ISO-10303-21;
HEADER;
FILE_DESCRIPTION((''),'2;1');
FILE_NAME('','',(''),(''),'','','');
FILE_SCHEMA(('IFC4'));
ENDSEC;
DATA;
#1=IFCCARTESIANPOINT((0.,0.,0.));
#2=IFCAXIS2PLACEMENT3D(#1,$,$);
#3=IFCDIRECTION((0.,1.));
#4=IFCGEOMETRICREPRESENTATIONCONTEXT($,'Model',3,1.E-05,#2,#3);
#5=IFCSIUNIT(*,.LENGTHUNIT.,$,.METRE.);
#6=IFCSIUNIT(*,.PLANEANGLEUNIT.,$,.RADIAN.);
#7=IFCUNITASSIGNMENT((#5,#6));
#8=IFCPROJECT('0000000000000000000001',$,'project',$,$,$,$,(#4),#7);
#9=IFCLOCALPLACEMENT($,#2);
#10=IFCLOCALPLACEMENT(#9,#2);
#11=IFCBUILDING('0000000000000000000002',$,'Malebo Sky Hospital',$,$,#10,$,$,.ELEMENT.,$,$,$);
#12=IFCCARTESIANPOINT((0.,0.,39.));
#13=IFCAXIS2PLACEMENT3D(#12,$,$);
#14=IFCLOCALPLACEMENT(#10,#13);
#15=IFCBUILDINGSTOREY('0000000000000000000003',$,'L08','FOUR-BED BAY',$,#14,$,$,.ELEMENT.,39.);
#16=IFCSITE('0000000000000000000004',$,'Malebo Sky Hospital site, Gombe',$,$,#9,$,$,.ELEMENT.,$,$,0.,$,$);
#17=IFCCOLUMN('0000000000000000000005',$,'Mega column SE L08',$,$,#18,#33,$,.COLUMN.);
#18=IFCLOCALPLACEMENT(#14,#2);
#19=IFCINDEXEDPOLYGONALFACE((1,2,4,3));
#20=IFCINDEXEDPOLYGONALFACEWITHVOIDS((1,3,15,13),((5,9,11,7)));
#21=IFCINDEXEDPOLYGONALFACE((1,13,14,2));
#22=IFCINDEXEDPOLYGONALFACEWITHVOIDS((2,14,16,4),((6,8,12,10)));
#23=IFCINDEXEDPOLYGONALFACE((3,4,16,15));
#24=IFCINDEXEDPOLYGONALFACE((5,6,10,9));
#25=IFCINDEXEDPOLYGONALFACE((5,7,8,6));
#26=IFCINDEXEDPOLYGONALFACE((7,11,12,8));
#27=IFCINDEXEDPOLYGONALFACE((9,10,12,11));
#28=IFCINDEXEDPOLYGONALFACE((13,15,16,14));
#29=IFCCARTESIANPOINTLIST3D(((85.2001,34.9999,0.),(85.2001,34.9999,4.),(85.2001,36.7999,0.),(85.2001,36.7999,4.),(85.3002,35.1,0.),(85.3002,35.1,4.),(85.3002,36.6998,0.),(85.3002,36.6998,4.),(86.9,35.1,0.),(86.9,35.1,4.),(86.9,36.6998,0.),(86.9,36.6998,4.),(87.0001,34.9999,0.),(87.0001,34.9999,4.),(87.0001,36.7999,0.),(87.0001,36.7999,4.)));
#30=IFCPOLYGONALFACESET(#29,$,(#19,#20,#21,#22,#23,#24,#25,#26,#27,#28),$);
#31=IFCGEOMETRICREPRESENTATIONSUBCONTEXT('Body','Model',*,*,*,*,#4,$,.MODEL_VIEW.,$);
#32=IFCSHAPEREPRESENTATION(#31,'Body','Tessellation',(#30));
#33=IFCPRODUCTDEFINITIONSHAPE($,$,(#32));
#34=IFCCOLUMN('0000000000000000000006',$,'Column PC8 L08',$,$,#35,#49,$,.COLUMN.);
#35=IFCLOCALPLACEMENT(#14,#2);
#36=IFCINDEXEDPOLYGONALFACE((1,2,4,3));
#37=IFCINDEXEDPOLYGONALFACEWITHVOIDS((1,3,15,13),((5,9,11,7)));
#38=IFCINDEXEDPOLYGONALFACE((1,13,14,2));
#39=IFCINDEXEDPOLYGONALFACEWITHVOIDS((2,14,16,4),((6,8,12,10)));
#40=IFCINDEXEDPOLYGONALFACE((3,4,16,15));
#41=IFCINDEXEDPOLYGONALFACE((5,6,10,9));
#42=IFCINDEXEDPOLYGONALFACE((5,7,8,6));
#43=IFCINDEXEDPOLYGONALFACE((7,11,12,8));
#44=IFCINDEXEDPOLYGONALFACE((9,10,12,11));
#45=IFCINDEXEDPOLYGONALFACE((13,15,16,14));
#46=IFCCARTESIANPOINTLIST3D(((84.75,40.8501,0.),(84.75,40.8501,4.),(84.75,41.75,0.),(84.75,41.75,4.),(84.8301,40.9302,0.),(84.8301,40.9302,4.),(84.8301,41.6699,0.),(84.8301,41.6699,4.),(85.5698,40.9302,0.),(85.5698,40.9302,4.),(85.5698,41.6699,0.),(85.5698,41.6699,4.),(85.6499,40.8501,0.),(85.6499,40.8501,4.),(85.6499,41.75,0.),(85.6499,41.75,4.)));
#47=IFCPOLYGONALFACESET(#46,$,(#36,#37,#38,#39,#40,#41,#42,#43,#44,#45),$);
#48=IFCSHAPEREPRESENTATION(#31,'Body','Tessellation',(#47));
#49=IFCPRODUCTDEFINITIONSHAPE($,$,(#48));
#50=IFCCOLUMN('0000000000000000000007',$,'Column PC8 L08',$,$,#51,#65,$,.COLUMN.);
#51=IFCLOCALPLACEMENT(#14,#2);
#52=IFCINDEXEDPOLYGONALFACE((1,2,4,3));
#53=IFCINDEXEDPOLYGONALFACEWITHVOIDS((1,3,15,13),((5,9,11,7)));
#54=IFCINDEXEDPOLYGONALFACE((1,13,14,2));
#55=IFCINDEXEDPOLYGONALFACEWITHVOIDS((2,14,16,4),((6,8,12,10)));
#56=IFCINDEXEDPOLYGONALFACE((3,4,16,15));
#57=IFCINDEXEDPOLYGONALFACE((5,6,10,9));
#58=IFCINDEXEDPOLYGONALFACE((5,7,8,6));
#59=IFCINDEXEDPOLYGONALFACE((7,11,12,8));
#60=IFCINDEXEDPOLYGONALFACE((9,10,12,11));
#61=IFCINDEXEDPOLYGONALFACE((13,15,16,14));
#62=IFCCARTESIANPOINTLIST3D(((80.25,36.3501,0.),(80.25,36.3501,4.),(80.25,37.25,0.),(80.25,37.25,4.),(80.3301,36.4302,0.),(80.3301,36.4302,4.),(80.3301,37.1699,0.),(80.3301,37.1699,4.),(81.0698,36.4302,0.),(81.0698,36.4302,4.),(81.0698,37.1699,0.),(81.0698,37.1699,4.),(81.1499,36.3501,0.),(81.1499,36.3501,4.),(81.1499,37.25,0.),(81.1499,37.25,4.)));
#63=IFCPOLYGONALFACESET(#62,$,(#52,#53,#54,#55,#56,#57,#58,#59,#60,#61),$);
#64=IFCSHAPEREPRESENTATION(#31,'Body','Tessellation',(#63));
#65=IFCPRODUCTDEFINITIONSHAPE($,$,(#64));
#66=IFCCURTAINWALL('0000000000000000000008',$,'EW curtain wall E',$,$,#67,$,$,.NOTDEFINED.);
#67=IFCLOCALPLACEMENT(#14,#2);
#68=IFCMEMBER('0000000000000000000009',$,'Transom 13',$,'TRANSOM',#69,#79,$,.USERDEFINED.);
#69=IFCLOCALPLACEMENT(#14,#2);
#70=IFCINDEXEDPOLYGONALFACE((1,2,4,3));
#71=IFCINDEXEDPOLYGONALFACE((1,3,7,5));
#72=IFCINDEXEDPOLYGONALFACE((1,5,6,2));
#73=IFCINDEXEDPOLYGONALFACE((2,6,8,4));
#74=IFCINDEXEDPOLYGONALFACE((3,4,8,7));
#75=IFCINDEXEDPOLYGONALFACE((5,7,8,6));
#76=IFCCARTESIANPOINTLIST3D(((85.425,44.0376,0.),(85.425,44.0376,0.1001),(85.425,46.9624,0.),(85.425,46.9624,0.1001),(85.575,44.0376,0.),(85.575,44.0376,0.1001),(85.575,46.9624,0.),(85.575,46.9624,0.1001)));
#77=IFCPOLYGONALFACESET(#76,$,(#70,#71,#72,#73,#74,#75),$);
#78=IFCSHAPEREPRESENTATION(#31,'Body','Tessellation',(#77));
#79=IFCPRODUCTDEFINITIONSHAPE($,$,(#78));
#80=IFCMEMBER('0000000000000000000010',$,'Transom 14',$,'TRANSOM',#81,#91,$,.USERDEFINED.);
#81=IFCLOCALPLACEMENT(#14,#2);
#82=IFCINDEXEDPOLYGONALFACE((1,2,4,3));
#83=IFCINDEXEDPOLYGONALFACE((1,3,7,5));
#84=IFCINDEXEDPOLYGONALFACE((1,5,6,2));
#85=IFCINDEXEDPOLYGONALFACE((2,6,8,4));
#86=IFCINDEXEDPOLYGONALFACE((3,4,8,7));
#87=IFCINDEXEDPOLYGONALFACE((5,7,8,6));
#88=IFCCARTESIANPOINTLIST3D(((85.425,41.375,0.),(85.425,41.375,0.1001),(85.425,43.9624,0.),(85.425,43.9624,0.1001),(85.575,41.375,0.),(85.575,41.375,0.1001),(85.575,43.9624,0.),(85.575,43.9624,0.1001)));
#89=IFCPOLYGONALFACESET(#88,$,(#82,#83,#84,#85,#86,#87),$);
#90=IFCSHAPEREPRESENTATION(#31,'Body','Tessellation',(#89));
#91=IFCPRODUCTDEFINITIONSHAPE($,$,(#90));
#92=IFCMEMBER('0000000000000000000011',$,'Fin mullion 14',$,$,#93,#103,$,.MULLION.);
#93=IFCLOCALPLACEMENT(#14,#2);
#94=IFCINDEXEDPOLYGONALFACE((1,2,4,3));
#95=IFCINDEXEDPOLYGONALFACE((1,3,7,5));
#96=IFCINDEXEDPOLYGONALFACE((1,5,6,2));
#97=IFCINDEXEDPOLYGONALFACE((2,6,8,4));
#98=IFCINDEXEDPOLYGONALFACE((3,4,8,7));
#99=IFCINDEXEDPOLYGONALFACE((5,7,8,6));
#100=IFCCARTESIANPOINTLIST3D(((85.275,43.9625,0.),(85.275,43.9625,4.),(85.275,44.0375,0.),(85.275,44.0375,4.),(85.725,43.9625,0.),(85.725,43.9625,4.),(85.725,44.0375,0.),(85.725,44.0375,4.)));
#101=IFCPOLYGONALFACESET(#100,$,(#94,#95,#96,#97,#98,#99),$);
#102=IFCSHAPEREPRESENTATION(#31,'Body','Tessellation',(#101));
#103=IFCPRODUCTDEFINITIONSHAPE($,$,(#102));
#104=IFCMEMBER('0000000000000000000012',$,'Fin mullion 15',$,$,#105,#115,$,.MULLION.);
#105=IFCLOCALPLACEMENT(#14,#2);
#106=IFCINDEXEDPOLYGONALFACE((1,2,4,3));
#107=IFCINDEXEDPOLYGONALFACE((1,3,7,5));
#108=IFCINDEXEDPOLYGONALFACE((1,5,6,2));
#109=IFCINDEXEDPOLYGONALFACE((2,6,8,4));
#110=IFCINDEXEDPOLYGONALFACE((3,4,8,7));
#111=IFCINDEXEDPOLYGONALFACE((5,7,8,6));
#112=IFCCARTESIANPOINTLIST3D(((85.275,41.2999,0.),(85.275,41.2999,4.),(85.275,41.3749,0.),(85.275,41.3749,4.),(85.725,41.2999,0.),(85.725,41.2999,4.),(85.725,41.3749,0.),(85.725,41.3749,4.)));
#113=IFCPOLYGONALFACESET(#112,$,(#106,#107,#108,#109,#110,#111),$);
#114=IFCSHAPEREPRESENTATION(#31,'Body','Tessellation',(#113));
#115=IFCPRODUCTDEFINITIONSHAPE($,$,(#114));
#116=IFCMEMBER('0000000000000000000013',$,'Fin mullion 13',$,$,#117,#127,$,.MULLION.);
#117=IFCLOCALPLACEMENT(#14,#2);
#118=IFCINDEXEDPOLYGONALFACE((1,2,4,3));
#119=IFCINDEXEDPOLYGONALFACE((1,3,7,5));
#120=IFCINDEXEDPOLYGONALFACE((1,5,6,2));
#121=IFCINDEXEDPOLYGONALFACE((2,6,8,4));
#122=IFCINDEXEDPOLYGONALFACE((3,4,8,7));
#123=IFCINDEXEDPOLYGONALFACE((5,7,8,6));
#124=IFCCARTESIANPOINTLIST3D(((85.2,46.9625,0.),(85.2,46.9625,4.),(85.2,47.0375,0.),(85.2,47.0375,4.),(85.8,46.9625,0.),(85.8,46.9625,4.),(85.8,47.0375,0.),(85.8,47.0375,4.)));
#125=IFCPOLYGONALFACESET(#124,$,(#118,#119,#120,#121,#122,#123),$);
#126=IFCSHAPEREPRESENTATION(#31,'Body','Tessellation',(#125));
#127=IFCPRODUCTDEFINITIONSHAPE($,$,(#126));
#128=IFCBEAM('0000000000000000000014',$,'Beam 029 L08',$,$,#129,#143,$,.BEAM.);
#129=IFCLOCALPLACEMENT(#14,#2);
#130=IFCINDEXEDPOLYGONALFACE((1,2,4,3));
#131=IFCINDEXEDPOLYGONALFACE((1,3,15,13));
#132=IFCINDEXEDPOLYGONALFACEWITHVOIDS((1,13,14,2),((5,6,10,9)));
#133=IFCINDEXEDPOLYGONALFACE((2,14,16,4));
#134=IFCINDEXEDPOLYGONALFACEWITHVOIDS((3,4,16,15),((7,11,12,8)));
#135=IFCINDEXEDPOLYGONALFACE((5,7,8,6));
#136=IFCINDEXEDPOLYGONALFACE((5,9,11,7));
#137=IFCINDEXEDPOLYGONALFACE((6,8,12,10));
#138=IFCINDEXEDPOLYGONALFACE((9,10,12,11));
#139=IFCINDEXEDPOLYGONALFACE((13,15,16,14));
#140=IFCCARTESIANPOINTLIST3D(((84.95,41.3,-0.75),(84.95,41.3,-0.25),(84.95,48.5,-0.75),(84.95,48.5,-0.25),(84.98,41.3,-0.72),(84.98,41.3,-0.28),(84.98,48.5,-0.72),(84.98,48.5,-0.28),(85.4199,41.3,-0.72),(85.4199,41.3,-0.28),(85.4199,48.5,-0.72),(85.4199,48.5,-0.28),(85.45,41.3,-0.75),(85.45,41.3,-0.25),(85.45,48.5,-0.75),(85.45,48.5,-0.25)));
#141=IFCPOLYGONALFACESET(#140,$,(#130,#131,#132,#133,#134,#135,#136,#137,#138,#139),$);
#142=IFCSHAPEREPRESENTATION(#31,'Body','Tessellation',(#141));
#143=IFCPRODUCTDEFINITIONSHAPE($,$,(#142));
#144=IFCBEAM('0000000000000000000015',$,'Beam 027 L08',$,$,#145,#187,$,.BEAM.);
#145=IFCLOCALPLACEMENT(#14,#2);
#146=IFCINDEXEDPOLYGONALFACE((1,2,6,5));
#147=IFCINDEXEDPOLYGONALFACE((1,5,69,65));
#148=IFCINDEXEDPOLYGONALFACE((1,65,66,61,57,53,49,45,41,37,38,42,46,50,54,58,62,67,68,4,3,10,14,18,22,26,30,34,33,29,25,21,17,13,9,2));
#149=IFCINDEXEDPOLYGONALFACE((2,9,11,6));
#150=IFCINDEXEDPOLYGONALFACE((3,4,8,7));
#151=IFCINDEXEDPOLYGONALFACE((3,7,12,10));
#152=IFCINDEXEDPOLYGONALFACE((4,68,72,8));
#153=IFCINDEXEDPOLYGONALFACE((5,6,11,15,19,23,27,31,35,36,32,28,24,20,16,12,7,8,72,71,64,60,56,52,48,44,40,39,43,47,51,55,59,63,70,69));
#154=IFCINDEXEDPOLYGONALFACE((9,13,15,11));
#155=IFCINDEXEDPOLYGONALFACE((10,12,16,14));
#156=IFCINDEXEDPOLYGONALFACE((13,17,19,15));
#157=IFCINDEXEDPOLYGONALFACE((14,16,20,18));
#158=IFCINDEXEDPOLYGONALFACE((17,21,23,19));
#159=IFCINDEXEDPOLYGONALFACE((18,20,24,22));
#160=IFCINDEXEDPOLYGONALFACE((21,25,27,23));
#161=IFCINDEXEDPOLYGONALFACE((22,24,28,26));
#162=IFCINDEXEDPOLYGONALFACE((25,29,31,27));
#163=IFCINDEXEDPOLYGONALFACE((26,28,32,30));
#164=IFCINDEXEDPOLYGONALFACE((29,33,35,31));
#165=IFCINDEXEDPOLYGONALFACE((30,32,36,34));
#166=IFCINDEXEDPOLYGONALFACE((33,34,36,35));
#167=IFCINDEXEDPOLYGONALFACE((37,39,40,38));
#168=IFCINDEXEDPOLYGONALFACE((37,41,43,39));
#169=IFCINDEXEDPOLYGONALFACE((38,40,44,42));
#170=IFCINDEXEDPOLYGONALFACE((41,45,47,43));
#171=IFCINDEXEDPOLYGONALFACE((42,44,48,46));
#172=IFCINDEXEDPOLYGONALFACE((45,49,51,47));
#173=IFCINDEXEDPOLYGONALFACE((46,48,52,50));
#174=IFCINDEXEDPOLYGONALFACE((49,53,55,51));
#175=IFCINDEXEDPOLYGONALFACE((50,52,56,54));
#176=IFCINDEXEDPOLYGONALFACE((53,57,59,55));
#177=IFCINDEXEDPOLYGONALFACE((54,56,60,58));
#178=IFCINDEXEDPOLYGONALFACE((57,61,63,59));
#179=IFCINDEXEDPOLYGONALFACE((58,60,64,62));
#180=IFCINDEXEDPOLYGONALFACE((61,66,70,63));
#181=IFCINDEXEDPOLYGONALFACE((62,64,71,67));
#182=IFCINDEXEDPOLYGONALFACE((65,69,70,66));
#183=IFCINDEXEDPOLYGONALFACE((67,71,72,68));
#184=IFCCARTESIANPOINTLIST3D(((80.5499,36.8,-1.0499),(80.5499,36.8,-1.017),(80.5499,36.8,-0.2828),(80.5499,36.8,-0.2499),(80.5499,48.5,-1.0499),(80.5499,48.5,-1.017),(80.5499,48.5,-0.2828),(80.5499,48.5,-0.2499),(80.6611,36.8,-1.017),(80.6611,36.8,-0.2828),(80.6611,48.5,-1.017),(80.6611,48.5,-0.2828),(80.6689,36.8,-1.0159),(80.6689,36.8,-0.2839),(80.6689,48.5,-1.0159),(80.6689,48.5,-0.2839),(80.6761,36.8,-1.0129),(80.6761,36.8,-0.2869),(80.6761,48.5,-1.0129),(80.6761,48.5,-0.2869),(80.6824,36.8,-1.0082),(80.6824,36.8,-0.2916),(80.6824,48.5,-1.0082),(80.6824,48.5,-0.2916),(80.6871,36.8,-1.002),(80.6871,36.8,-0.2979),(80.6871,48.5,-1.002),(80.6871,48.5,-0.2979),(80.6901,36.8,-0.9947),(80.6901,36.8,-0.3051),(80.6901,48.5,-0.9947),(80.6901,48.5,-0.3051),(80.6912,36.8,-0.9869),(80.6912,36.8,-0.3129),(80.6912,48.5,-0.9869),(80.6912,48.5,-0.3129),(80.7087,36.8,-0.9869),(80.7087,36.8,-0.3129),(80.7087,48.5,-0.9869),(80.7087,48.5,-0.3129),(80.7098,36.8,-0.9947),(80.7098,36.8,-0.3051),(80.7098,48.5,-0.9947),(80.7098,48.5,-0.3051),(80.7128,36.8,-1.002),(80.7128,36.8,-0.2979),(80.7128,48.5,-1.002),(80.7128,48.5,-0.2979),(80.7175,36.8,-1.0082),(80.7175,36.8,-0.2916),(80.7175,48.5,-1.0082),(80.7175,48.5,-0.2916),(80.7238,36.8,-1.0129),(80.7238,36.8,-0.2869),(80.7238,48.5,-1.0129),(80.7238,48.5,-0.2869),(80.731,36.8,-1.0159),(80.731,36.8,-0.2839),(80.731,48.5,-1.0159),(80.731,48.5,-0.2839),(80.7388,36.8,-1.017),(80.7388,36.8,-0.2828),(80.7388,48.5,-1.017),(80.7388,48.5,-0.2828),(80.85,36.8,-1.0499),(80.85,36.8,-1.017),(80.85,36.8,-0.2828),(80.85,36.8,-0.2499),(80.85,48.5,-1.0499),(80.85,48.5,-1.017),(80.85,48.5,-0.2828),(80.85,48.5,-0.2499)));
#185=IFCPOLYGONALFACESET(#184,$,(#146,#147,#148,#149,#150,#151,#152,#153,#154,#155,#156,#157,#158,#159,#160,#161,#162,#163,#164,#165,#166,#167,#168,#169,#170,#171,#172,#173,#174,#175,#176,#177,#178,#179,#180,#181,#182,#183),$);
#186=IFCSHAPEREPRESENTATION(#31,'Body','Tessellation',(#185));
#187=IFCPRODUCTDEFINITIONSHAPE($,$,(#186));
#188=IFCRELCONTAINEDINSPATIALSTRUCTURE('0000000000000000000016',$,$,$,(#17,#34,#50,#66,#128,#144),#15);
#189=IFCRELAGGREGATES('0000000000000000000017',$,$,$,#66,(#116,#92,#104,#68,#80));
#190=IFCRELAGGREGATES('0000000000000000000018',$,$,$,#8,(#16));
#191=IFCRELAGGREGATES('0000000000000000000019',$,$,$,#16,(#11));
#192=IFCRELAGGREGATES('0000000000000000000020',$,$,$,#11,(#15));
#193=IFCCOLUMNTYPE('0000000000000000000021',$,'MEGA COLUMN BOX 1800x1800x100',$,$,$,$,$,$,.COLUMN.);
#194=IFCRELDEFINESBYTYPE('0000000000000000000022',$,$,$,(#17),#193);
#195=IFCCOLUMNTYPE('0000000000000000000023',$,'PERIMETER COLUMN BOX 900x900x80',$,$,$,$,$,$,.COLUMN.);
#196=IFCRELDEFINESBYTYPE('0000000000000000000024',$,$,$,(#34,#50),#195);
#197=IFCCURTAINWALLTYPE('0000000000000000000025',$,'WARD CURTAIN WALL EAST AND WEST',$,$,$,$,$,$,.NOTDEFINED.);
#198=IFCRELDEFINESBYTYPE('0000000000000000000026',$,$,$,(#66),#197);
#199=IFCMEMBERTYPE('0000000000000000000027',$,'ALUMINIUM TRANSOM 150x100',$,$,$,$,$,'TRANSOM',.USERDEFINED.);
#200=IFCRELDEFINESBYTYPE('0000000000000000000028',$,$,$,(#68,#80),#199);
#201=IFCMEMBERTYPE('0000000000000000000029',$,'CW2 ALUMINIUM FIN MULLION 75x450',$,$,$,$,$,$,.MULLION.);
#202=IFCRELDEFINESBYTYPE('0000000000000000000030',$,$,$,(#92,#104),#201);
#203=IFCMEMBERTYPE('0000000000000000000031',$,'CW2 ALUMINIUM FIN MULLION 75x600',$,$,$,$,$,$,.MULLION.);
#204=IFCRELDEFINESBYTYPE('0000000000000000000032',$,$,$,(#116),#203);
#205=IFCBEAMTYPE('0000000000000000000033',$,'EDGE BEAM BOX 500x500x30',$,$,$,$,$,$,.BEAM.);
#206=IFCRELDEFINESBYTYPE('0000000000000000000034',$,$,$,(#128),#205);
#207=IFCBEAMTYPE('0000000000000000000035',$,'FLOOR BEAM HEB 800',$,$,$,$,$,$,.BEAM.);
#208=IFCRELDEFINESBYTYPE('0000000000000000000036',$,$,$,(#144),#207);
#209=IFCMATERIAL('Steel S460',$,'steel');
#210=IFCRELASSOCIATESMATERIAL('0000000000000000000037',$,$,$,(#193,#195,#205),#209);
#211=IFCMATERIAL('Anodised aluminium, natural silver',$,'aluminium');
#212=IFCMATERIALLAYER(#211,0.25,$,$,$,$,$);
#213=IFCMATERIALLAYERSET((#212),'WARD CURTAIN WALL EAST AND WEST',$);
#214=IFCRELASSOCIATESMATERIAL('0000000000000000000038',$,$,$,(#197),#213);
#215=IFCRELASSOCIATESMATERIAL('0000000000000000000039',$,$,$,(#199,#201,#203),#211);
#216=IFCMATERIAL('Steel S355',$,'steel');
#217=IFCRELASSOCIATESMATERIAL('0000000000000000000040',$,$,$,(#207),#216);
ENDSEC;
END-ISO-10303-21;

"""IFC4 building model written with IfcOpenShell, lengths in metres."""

from ifc_helpers import new_model, si_unit, direction, frame, origin, origin_2d, place, context, subcontext, project, spatial, rectangle, hollow_rectangle, i_section, extrude, material, layer, layer_set, material_profile, profile_set, type_object, element, aggregate, save


model = new_model("IFC4")

# Units and contexts
model_context = context("Model", 3, precision=1e-05, world=origin(), true_north=direction((0.0, 1.0)))
body_context = subcontext(model_context, "Body", "Model", "MODEL_VIEW")
ifc_project = project(units=[si_unit("LENGTHUNIT", "METRE"), si_unit("PLANEANGLEUNIT", "RADIAN")], contexts=[model_context])

# Site, building, storey
site_placement = place(None, origin())
site = spatial("IfcSite", under=ifc_project, at=site_placement, Name="Malebo Sky Hospital site, Gombe", CompositionType="ELEMENT", RefElevation=0.0)
building_placement = place(site_placement, origin())
building = spatial("IfcBuilding", under=site, at=building_placement, Name="Malebo Sky Hospital", CompositionType="ELEMENT")
storey_placement = place(building_placement, frame((0.0, 0.0, 39.0)))
storey = spatial("IfcBuildingStorey", under=building, at=storey_placement, Name="L08", Description="FOUR-BED BAY", CompositionType="ELEMENT", Elevation=39.0)

# Columns
ifc_material_1 = material(Name="Steel S460", Category="steel")
ifc_material_profile_1 = material_profile(ifc_material_1, hollow_rectangle(XDim=1.8, YDim=1.8, WallThickness=0.1001, at=origin_2d()), Name="BOX 1800x1800x100")
ifc_profile_set_1 = profile_set([ifc_material_profile_1], Name="Steel S460")
column_type_1 = type_object("IfcColumnType", Name="MEGA COLUMN BOX 1800x1800x100", PredefinedType="COLUMN", material=ifc_profile_set_1)
column_placement = place(storey_placement, frame((86.1001, 35.8999, 0.0), z_axis=(0.0, 0.0, 1.0), x_axis=(1.0, 0.0, 0.0)))
element("IfcColumn", 1, at=column_placement, inside=storey, type_object=column_type_1, Name="Mega column SE L08", PredefinedType="COLUMN", context=body_context, shape_type="SweptSolid", body=[
    extrude(hollow_rectangle(XDim=1.8, YDim=1.8, WallThickness=0.1001, at=origin_2d()), origin(), (0.0, 0.0, 1.0), 4.0),
])
ifc_material_profile_2 = material_profile(ifc_material_1, hollow_rectangle(XDim=0.8999, YDim=0.8999, WallThickness=0.0801, at=origin_2d()), Name="BOX 900x900x80")
ifc_profile_set_2 = profile_set([ifc_material_profile_2], Name="Steel S460")
column_type_2 = type_object("IfcColumnType", Name="PERIMETER COLUMN BOX 900x900x80", PredefinedType="COLUMN", material=ifc_profile_set_2)
for number, where, z_axis, x_axis, name in (
    (2, (85.2, 41.3, 0.0), (0.0, 0.0, 1.0), (1.0, 0.0, 0.0), "Column PC8 L08"),
    (3, (80.7, 36.8, 0.0), (0.0, 0.0, 1.0), (1.0, 0.0, 0.0), "Column PC8 L08"),
):
    element("IfcColumn", number, at=place(storey_placement, frame(where, z_axis=z_axis, x_axis=x_axis)), inside=storey, type_object=column_type_2, Name=name, PredefinedType="COLUMN", context=body_context, shape_type="SweptSolid", body=[
        extrude(hollow_rectangle(XDim=0.8999, YDim=0.8999, WallThickness=0.0801, at=origin_2d()), origin(), (0.0, 0.0, 1.0), 4.0),
    ])

# Curtain wall, members
ifc_material_2 = material(Name="Anodised aluminium, natural silver", Category="aluminium")
ifc_layer_1 = layer(ifc_material_2, 0.25)
ifc_layer_set_1 = layer_set([ifc_layer_1], Name="WARD CURTAIN WALL EAST AND WEST")
curtain_wall_type = type_object("IfcCurtainWallType", Name="WARD CURTAIN WALL EAST AND WEST", PredefinedType="NOTDEFINED", material=ifc_layer_set_1)
curtain_wall_placement = place(storey_placement, origin())
curtain_wall = element("IfcCurtainWall", 4, at=curtain_wall_placement, inside=storey, type_object=curtain_wall_type, Name="EW curtain wall E", PredefinedType="NOTDEFINED")
ifc_material_profile_3 = material_profile(ifc_material_2, rectangle(XDim=0.1499, YDim=0.1001, at=origin_2d()), Name="ALUMINIUM TRANSOM 150x100")
ifc_profile_set_3 = profile_set([ifc_material_profile_3], Name="Anodised aluminium, natural silver")
member_type_1 = type_object("IfcMemberType", Name="ALUMINIUM TRANSOM 150x100", ElementType="TRANSOM", PredefinedType="USERDEFINED", material=ifc_profile_set_3)
member_1_placement = place(storey_placement, frame((85.5, 46.9624, 0.05), z_axis=(0.0, -1.0, 0.0), x_axis=(1.0, 0.0, 0.0)))
member_1 = element("IfcMember", 5, at=member_1_placement, type_object=member_type_1, Name="Transom 13", ObjectType="TRANSOM", PredefinedType="USERDEFINED", context=body_context, shape_type="SweptSolid", body=[
    extrude(rectangle(XDim=0.1499, YDim=0.1001, at=origin_2d()), origin(), (0.0, 0.0, 1.0), 2.9248),
])
member_2_placement = place(storey_placement, frame((85.5, 43.9624, 0.05), z_axis=(0.0, -1.0, 0.0), x_axis=(1.0, 0.0, 0.0)))
member_2 = element("IfcMember", 6, at=member_2_placement, type_object=member_type_1, Name="Transom 14", ObjectType="TRANSOM", PredefinedType="USERDEFINED", context=body_context, shape_type="SweptSolid", body=[
    extrude(rectangle(XDim=0.1499, YDim=0.1001, at=origin_2d()), origin(), (0.0, 0.0, 1.0), 2.5874),
])
ifc_material_profile_4 = material_profile(ifc_material_2, rectangle(XDim=0.075, YDim=0.45, at=origin_2d()), Name="CW2 ALUMINIUM FIN MULLION 75x450")
ifc_profile_set_4 = profile_set([ifc_material_profile_4], Name="Anodised aluminium, natural silver")
member_type_2 = type_object("IfcMemberType", Name="CW2 ALUMINIUM FIN MULLION 75x450", PredefinedType="MULLION", material=ifc_profile_set_4)
member_3_placement = place(storey_placement, frame((85.5, 44.0, 0.0), z_axis=(0.0, 0.0, 1.0), x_axis=(0.0, -1.0, 0.0)))
member_3 = element("IfcMember", 7, at=member_3_placement, type_object=member_type_2, Name="Fin mullion 14", PredefinedType="MULLION", context=body_context, shape_type="SweptSolid", body=[
    extrude(rectangle(XDim=0.075, YDim=0.45, at=origin_2d()), origin(), (0.0, 0.0, 1.0), 4.0),
])
member_4_placement = place(storey_placement, frame((85.5, 41.3374, 0.0), z_axis=(0.0, 0.0, 1.0), x_axis=(0.0, -1.0, 0.0)))
member_4 = element("IfcMember", 8, at=member_4_placement, type_object=member_type_2, Name="Fin mullion 15", PredefinedType="MULLION", context=body_context, shape_type="SweptSolid", body=[
    extrude(rectangle(XDim=0.075, YDim=0.45, at=origin_2d()), origin(), (0.0, 0.0, 1.0), 4.0),
])
ifc_material_profile_5 = material_profile(ifc_material_2, rectangle(XDim=0.075, YDim=0.6001, at=origin_2d()), Name="CW2 ALUMINIUM FIN MULLION 75x600")
ifc_profile_set_5 = profile_set([ifc_material_profile_5], Name="Anodised aluminium, natural silver")
member_type_3 = type_object("IfcMemberType", Name="CW2 ALUMINIUM FIN MULLION 75x600", PredefinedType="MULLION", material=ifc_profile_set_5)
member_5_placement = place(storey_placement, frame((85.5, 47.0, 0.0), z_axis=(0.0, 0.0, 1.0), x_axis=(0.0, -1.0, 0.0)))
member_5 = element("IfcMember", 9, at=member_5_placement, type_object=member_type_3, Name="Fin mullion 13", PredefinedType="MULLION", context=body_context, shape_type="SweptSolid", body=[
    extrude(rectangle(XDim=0.075, YDim=0.6001, at=origin_2d()), origin(), (0.0, 0.0, 1.0), 4.0),
])

# Beams
ifc_material_profile_6 = material_profile(ifc_material_1, hollow_rectangle(XDim=0.5, YDim=0.5, WallThickness=0.03, at=origin_2d()), Name="BOX 500x500x30")
ifc_profile_set_6 = profile_set([ifc_material_profile_6], Name="Steel S460")
beam_type_1 = type_object("IfcBeamType", Name="EDGE BEAM BOX 500x500x30", PredefinedType="BEAM", material=ifc_profile_set_6)
beam_1_placement = place(storey_placement, frame((85.2, 41.3, -0.5), z_axis=(0.0, 1.0, 0.0), x_axis=(-1.0, 0.0, 0.0)))
element("IfcBeam", 10, at=beam_1_placement, inside=storey, type_object=beam_type_1, Name="Beam 029 L08", PredefinedType="BEAM", context=body_context, shape_type="SweptSolid", body=[
    extrude(hollow_rectangle(XDim=0.5, YDim=0.5, WallThickness=0.03, at=origin_2d()), origin(), (0.0, 0.0, 1.0), 7.2),
])
ifc_material_3 = material(Name="Steel S355", Category="steel")
ifc_material_profile_7 = material_profile(ifc_material_3, i_section(OverallWidth=0.3, OverallDepth=0.8, WebThickness=0.0176, FlangeThickness=0.033, FilletRadius=0.03, at=origin_2d()), Name="HEB 800")
ifc_profile_set_7 = profile_set([ifc_material_profile_7], Name="Steel S355")
beam_type_2 = type_object("IfcBeamType", Name="FLOOR BEAM HEB 800", PredefinedType="BEAM", material=ifc_profile_set_7)
beam_2_placement = place(storey_placement, frame((80.7, 36.8, -0.6499), z_axis=(0.0, 1.0, 0.0), x_axis=(-1.0, 0.0, 0.0)))
element("IfcBeam", 11, at=beam_2_placement, inside=storey, type_object=beam_type_2, Name="Beam 027 L08", PredefinedType="BEAM", context=body_context, shape_type="SweptSolid", body=[
    extrude(i_section(OverallWidth=0.3, OverallDepth=0.8, WebThickness=0.0176, FlangeThickness=0.033, FilletRadius=0.03, at=origin_2d()), origin(), (0.0, 0.0, 1.0), 11.7),
])

aggregate(curtain_wall, [member_5, member_3, member_4, member_1, member_2])

save(model, "model.ifc")
